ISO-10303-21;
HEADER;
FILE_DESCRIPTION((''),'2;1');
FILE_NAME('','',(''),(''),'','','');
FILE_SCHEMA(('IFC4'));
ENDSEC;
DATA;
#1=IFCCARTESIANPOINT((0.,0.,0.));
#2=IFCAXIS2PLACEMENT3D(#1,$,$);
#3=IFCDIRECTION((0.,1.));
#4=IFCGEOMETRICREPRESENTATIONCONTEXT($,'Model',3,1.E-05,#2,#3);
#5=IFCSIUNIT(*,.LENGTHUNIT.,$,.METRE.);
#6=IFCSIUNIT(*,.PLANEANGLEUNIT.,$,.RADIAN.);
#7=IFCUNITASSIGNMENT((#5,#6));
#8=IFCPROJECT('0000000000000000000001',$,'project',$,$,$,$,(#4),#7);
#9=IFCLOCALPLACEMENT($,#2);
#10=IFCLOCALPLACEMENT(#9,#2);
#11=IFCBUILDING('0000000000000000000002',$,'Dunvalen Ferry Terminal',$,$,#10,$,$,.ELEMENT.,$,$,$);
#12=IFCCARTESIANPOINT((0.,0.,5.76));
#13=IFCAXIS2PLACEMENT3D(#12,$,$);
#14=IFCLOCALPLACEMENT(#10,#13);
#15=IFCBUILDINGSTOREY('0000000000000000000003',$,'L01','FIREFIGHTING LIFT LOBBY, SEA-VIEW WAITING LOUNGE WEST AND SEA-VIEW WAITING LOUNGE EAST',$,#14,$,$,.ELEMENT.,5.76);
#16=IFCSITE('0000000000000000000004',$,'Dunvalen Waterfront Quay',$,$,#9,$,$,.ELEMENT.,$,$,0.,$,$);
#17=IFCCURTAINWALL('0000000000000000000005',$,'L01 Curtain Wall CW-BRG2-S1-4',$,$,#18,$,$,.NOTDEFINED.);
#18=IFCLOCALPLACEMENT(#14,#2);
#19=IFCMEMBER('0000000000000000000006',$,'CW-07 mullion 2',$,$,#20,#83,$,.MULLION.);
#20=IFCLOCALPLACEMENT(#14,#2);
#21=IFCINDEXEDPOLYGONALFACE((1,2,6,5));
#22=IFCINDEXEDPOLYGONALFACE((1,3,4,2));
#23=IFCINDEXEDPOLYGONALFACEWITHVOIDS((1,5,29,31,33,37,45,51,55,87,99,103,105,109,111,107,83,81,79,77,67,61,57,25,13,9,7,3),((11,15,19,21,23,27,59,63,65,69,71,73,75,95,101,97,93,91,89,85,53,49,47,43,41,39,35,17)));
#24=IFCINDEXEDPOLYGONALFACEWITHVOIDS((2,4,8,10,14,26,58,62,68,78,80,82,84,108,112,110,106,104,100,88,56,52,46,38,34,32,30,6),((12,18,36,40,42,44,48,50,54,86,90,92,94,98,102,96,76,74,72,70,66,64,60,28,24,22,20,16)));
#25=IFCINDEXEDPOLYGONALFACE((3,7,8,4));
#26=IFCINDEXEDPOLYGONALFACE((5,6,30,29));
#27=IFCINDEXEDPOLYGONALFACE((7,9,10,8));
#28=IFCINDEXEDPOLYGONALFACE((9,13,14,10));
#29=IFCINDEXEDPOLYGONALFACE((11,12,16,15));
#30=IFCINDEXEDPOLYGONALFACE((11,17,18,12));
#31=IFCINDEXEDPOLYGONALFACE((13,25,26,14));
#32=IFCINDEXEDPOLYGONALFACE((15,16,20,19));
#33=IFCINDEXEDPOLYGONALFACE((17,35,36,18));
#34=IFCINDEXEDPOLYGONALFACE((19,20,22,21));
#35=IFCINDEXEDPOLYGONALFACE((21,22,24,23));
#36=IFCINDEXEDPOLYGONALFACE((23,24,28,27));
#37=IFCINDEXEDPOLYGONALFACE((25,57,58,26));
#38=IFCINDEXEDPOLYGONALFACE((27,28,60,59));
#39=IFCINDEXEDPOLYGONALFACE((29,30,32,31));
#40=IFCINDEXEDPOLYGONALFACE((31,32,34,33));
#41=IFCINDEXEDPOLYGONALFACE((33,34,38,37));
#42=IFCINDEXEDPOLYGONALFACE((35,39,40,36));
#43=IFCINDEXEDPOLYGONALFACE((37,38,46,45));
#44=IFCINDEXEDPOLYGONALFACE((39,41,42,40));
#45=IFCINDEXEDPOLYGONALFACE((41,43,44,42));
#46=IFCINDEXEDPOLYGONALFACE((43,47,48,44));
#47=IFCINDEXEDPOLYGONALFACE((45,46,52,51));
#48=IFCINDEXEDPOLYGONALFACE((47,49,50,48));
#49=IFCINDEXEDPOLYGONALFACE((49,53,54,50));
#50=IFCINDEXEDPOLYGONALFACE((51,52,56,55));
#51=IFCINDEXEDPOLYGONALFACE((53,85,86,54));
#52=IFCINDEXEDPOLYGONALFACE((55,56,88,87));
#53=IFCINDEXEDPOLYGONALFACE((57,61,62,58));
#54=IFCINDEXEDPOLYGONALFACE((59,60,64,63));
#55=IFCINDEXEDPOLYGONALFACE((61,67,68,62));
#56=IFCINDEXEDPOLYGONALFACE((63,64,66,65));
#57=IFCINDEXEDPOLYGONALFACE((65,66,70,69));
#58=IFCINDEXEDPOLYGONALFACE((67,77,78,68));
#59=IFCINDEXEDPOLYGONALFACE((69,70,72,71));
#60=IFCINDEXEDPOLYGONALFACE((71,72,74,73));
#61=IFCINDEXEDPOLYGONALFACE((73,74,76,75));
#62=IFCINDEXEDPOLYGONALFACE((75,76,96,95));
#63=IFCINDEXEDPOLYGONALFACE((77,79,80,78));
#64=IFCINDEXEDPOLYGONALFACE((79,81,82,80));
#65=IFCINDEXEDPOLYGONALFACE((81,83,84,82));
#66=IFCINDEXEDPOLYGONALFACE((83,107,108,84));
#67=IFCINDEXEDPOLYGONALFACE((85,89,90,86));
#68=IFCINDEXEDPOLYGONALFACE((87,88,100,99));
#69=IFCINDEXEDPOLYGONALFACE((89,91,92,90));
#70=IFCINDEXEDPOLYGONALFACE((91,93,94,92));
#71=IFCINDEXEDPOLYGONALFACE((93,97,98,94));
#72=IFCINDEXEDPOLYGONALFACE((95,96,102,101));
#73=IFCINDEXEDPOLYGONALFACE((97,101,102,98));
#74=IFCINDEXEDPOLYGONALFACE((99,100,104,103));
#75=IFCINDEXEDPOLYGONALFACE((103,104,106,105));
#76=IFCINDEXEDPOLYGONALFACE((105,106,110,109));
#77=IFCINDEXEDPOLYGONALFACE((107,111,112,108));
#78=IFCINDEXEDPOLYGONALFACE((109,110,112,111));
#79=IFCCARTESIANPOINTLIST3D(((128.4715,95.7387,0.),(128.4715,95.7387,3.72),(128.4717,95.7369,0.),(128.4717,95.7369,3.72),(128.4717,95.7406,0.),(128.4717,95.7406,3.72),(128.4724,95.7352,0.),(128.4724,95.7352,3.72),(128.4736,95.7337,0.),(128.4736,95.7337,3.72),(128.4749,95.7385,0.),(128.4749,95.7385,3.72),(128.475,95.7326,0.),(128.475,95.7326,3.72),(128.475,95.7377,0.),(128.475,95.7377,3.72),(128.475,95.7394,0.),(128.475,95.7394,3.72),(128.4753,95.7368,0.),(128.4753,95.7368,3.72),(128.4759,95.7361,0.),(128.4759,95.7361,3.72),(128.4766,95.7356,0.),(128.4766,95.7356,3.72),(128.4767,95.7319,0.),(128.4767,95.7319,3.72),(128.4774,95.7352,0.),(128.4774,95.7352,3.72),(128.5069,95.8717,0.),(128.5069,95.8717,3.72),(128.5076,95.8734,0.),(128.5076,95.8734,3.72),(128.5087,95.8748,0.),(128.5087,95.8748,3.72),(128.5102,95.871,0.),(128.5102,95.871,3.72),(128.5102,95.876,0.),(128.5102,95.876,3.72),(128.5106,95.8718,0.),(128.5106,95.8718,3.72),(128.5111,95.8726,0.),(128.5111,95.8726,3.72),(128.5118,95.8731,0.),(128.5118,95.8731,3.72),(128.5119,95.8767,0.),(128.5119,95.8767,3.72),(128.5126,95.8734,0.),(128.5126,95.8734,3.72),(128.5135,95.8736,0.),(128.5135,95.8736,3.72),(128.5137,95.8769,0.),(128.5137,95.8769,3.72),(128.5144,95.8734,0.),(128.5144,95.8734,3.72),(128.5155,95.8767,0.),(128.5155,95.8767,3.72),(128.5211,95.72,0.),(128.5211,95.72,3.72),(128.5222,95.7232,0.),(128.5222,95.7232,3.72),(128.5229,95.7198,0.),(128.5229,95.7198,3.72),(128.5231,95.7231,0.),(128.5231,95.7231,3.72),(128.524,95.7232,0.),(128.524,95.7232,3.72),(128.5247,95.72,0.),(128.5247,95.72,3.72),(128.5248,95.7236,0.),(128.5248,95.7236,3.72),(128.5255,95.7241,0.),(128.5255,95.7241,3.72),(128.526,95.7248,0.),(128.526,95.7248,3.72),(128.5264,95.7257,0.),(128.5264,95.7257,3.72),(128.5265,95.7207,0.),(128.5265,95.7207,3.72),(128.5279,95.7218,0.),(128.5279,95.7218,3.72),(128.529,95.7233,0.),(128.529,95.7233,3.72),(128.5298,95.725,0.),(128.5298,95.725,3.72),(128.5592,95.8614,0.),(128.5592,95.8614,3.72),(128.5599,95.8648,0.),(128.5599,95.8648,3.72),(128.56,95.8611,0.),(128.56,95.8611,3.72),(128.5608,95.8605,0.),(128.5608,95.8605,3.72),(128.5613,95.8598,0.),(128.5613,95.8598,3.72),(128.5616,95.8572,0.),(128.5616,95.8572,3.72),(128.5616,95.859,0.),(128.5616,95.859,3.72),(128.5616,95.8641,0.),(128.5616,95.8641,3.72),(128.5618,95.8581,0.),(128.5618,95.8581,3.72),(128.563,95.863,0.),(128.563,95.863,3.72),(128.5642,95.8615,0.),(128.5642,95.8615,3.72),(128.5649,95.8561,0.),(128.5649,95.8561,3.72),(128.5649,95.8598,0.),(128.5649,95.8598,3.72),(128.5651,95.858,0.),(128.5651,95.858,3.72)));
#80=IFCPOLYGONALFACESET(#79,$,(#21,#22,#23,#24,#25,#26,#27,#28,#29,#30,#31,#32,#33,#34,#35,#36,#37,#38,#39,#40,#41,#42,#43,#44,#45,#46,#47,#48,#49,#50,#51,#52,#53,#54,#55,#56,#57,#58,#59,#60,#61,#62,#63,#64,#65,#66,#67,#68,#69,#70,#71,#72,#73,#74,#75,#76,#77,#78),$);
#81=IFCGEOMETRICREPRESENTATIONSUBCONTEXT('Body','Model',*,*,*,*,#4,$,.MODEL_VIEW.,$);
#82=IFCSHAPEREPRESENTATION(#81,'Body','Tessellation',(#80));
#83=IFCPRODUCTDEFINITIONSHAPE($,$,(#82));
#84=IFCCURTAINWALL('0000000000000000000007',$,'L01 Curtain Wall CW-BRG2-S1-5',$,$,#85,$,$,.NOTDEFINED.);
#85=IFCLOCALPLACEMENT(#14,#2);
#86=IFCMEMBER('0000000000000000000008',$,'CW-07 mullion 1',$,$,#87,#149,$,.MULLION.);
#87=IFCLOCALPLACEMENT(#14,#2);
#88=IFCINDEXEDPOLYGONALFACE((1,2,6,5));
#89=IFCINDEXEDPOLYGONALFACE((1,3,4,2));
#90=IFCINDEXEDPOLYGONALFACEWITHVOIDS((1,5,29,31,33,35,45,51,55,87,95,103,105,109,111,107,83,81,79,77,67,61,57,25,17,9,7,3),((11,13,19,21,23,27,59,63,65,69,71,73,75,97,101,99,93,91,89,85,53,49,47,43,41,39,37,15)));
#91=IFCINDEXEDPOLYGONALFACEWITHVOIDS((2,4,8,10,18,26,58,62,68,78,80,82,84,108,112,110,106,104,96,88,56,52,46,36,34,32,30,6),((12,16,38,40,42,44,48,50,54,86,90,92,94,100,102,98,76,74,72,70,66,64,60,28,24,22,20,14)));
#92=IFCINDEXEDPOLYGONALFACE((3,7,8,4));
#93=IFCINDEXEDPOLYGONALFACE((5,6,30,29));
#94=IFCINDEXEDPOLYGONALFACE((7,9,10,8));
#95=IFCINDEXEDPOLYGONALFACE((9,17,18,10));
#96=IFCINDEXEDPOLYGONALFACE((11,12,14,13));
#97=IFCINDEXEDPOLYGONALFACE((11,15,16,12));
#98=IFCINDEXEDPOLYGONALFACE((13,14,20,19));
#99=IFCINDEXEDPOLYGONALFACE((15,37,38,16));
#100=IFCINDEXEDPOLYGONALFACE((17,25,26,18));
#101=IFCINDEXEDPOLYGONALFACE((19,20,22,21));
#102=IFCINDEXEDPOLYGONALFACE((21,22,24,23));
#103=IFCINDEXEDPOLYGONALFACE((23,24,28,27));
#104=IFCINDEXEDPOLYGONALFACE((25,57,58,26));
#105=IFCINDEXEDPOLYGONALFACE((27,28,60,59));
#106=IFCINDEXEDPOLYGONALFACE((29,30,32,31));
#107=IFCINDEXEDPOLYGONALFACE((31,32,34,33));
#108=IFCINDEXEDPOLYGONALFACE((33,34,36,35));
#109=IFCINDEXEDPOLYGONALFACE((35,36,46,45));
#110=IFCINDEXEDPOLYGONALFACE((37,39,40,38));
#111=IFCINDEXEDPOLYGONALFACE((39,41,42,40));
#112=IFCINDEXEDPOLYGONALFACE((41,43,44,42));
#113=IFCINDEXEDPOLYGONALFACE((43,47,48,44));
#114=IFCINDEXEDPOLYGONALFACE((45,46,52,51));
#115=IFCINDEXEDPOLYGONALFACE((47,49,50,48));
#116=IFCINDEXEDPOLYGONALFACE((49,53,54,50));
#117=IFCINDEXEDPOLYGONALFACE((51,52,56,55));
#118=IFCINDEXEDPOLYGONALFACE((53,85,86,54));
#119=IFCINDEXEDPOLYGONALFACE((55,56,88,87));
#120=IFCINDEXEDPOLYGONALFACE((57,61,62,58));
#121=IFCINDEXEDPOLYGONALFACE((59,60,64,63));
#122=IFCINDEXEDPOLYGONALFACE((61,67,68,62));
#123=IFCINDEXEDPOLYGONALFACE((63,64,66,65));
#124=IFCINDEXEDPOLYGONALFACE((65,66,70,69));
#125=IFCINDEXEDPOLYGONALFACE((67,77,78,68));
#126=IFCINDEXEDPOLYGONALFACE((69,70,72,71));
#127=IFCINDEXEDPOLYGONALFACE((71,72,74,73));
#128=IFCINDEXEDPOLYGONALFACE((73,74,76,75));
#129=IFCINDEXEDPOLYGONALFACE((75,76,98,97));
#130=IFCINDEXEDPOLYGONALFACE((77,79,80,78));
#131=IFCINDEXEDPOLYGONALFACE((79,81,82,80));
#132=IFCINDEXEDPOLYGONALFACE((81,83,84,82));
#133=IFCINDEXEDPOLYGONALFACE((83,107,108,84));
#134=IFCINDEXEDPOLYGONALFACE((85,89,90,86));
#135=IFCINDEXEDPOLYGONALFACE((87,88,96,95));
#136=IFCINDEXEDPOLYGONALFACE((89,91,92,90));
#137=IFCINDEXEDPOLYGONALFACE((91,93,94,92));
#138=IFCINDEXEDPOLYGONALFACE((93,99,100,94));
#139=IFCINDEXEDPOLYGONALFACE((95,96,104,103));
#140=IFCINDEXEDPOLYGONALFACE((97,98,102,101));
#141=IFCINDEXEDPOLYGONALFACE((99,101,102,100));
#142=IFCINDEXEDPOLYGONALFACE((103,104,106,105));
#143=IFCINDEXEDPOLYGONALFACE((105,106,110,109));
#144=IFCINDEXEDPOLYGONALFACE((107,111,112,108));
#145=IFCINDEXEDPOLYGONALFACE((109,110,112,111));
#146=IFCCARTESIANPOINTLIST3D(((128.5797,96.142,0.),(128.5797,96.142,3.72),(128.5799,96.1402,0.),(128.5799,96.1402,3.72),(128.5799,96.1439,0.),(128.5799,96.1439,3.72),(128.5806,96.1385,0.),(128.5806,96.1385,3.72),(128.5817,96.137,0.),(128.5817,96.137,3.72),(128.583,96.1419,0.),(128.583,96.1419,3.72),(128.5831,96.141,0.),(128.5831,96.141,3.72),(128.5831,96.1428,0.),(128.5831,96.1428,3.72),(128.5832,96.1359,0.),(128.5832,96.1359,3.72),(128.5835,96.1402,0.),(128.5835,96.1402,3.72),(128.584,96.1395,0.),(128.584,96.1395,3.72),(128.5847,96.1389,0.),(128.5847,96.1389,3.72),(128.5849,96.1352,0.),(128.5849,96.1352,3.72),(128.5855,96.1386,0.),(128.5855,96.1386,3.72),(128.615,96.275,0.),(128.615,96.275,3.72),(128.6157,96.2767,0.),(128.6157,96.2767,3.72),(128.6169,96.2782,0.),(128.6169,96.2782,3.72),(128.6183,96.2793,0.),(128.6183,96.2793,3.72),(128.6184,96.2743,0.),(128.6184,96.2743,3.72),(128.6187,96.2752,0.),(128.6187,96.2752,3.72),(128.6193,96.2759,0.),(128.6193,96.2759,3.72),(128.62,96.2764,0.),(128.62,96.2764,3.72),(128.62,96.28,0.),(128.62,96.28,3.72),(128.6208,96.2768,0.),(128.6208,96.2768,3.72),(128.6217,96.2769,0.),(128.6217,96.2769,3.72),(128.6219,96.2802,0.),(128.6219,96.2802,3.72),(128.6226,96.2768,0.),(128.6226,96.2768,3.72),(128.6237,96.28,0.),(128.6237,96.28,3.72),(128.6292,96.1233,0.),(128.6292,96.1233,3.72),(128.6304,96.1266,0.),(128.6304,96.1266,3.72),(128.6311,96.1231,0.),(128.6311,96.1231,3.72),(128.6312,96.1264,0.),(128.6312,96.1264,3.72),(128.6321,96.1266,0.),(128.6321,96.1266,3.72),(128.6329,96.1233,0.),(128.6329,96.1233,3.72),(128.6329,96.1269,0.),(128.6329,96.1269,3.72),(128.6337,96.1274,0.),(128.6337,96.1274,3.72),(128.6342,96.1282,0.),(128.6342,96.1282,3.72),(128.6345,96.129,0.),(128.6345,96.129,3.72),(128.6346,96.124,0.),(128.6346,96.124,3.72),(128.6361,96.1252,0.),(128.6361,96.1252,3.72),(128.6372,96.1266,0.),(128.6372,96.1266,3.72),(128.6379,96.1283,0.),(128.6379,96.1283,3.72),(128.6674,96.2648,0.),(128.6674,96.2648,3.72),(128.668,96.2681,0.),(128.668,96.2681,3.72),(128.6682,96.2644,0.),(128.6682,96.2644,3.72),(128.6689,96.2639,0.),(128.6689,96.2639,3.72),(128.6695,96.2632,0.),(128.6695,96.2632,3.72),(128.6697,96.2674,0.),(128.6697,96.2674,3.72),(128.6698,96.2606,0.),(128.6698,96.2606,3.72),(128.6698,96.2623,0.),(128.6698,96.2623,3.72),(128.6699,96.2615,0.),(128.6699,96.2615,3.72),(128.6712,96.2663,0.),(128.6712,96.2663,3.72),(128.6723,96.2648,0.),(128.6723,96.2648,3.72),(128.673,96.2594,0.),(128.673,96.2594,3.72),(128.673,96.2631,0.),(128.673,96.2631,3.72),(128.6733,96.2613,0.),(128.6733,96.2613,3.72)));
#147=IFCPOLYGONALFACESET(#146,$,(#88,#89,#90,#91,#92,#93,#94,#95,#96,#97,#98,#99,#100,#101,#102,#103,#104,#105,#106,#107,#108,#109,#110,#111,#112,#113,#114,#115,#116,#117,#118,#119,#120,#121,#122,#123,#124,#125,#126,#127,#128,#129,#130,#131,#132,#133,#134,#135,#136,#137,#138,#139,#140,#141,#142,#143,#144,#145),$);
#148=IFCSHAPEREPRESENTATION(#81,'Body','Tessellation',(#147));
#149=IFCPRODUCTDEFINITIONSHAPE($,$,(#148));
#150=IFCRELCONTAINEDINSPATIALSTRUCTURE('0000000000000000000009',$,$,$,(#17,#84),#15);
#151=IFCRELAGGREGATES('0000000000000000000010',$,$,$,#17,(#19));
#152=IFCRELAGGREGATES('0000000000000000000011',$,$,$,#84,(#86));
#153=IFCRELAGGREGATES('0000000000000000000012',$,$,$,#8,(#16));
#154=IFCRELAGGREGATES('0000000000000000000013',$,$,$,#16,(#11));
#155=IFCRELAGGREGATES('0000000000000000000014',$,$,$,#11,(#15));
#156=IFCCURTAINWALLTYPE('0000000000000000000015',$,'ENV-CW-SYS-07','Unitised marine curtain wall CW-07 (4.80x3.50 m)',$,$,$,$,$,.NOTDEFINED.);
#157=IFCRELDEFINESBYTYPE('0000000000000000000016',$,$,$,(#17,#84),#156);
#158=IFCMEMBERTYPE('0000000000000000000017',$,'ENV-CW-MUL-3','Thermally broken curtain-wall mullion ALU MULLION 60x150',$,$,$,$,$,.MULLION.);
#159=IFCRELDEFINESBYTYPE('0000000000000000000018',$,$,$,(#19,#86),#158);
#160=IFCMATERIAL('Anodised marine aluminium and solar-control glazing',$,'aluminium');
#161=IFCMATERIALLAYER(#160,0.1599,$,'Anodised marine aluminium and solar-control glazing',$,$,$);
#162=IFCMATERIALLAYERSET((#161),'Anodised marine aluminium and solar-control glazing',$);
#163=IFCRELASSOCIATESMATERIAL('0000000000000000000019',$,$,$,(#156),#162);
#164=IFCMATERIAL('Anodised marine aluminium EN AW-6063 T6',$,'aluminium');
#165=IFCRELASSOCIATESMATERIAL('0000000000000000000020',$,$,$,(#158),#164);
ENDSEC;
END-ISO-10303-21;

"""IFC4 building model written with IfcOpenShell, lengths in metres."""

from ifc_helpers import new_model, si_unit, direction, frame, origin, origin_2d, place, context, subcontext, project, spatial, hollow_rectangle, extrude, material, layer, layer_set, material_profile, profile_set, type_object, element, aggregate, save


model = new_model("IFC4")

# Units and contexts
model_context = context("Model", 3, precision=1e-05, world=origin(), true_north=direction((0.0, 1.0)))
body_context = subcontext(model_context, "Body", "Model", "MODEL_VIEW")
ifc_project = project(units=[si_unit("LENGTHUNIT", "METRE"), si_unit("PLANEANGLEUNIT", "RADIAN")], contexts=[model_context])

# Site, building, storey
site_placement = place(None, origin())
site = spatial("IfcSite", under=ifc_project, at=site_placement, Name="Dunvalen Waterfront Quay", CompositionType="ELEMENT", RefElevation=0.0)
building_placement = place(site_placement, origin())
building = spatial("IfcBuilding", under=site, at=building_placement, Name="Dunvalen Ferry Terminal", CompositionType="ELEMENT")
storey_placement = place(building_placement, frame((0.0, 0.0, 5.76)))
storey = spatial("IfcBuildingStorey", under=building, at=storey_placement, Name="L01", Description="FIREFIGHTING LIFT LOBBY, SEA-VIEW WAITING LOUNGE WEST AND SEA-VIEW WAITING LOUNGE EAST", CompositionType="ELEMENT", Elevation=5.76)

# Shared definitions
ifc_material_1 = material(Name="Anodised marine aluminium and solar-control glazing", Category="aluminium")
ifc_layer_1 = layer(ifc_material_1, 0.1599, Name="Anodised marine aluminium and solar-control glazing")
ifc_layer_set_1 = layer_set([ifc_layer_1], Name="Anodised marine aluminium and solar-control glazing")
curtain_wall_type = type_object("IfcCurtainWallType", Name="ENV-CW-SYS-07", Description="Unitised marine curtain wall CW-07 (4.80x3.50 m)", PredefinedType="NOTDEFINED", material=ifc_layer_set_1)
ifc_material_2 = material(Name="Anodised marine aluminium EN AW-6063 T6", Category="aluminium")
ifc_material_profile_1 = material_profile(ifc_material_2, hollow_rectangle(XDim=0.0601, YDim=0.1499, WallThickness=0.0034, InnerFilletRadius=0.0034, OuterFilletRadius=0.0071, at=origin_2d()), Name="Anodised marine aluminium EN AW-6063 T6")
ifc_profile_set_1 = profile_set([ifc_material_profile_1], Name="Anodised marine aluminium EN AW-6063 T6")
member_type_1 = type_object("IfcMemberType", Name="ENV-CW-MUL-3", Description="Thermally broken curtain-wall mullion ALU MULLION 60x150", PredefinedType="MULLION", material=ifc_profile_set_1)

# Curtain walls, members
curtain_wall_1_placement = place(storey_placement, origin())
curtain_wall_1 = element("IfcCurtainWall", 1, at=curtain_wall_1_placement, inside=storey, type_object=curtain_wall_type, Name="L01 Curtain Wall CW-BRG2-S1-4", PredefinedType="NOTDEFINED")
member_1_placement = place(storey_placement, frame((128.5183, 95.7983, 0.0), z_axis=(0.0, 0.0, 1.0), x_axis=(-0.965935, 0.258786, 0.0)))
member_1 = element("IfcMember", 2, at=member_1_placement, type_object=member_type_1, Name="CW-07 mullion 2", PredefinedType="MULLION", context=body_context, shape_type="SweptSolid", body=[
    extrude(hollow_rectangle(XDim=0.0601, YDim=0.1499, WallThickness=0.0034, InnerFilletRadius=0.0034, OuterFilletRadius=0.0071, at=origin_2d()), origin(), (0.0, 0.0, 1.0), 3.72),
])
curtain_wall_2_placement = place(storey_placement, origin())
curtain_wall_2 = element("IfcCurtainWall", 3, at=curtain_wall_2_placement, inside=storey, type_object=curtain_wall_type, Name="L01 Curtain Wall CW-BRG2-S1-5", PredefinedType="NOTDEFINED")
member_2_placement = place(storey_placement, frame((128.6265, 96.2017, 0.0), z_axis=(0.0, 0.0, 1.0), x_axis=(-0.965923, 0.25883, 0.0)))
member_2 = element("IfcMember", 4, at=member_2_placement, type_object=member_type_1, Name="CW-07 mullion 1", PredefinedType="MULLION", context=body_context, shape_type="SweptSolid", body=[
    extrude(hollow_rectangle(XDim=0.0601, YDim=0.1499, WallThickness=0.0034, InnerFilletRadius=0.0034, OuterFilletRadius=0.0071, at=origin_2d()), origin(), (0.0, 0.0, 1.0), 3.72),
])

aggregate(curtain_wall_1, [member_1])
aggregate(curtain_wall_2, [member_2])

save(model, "model.ifc")
